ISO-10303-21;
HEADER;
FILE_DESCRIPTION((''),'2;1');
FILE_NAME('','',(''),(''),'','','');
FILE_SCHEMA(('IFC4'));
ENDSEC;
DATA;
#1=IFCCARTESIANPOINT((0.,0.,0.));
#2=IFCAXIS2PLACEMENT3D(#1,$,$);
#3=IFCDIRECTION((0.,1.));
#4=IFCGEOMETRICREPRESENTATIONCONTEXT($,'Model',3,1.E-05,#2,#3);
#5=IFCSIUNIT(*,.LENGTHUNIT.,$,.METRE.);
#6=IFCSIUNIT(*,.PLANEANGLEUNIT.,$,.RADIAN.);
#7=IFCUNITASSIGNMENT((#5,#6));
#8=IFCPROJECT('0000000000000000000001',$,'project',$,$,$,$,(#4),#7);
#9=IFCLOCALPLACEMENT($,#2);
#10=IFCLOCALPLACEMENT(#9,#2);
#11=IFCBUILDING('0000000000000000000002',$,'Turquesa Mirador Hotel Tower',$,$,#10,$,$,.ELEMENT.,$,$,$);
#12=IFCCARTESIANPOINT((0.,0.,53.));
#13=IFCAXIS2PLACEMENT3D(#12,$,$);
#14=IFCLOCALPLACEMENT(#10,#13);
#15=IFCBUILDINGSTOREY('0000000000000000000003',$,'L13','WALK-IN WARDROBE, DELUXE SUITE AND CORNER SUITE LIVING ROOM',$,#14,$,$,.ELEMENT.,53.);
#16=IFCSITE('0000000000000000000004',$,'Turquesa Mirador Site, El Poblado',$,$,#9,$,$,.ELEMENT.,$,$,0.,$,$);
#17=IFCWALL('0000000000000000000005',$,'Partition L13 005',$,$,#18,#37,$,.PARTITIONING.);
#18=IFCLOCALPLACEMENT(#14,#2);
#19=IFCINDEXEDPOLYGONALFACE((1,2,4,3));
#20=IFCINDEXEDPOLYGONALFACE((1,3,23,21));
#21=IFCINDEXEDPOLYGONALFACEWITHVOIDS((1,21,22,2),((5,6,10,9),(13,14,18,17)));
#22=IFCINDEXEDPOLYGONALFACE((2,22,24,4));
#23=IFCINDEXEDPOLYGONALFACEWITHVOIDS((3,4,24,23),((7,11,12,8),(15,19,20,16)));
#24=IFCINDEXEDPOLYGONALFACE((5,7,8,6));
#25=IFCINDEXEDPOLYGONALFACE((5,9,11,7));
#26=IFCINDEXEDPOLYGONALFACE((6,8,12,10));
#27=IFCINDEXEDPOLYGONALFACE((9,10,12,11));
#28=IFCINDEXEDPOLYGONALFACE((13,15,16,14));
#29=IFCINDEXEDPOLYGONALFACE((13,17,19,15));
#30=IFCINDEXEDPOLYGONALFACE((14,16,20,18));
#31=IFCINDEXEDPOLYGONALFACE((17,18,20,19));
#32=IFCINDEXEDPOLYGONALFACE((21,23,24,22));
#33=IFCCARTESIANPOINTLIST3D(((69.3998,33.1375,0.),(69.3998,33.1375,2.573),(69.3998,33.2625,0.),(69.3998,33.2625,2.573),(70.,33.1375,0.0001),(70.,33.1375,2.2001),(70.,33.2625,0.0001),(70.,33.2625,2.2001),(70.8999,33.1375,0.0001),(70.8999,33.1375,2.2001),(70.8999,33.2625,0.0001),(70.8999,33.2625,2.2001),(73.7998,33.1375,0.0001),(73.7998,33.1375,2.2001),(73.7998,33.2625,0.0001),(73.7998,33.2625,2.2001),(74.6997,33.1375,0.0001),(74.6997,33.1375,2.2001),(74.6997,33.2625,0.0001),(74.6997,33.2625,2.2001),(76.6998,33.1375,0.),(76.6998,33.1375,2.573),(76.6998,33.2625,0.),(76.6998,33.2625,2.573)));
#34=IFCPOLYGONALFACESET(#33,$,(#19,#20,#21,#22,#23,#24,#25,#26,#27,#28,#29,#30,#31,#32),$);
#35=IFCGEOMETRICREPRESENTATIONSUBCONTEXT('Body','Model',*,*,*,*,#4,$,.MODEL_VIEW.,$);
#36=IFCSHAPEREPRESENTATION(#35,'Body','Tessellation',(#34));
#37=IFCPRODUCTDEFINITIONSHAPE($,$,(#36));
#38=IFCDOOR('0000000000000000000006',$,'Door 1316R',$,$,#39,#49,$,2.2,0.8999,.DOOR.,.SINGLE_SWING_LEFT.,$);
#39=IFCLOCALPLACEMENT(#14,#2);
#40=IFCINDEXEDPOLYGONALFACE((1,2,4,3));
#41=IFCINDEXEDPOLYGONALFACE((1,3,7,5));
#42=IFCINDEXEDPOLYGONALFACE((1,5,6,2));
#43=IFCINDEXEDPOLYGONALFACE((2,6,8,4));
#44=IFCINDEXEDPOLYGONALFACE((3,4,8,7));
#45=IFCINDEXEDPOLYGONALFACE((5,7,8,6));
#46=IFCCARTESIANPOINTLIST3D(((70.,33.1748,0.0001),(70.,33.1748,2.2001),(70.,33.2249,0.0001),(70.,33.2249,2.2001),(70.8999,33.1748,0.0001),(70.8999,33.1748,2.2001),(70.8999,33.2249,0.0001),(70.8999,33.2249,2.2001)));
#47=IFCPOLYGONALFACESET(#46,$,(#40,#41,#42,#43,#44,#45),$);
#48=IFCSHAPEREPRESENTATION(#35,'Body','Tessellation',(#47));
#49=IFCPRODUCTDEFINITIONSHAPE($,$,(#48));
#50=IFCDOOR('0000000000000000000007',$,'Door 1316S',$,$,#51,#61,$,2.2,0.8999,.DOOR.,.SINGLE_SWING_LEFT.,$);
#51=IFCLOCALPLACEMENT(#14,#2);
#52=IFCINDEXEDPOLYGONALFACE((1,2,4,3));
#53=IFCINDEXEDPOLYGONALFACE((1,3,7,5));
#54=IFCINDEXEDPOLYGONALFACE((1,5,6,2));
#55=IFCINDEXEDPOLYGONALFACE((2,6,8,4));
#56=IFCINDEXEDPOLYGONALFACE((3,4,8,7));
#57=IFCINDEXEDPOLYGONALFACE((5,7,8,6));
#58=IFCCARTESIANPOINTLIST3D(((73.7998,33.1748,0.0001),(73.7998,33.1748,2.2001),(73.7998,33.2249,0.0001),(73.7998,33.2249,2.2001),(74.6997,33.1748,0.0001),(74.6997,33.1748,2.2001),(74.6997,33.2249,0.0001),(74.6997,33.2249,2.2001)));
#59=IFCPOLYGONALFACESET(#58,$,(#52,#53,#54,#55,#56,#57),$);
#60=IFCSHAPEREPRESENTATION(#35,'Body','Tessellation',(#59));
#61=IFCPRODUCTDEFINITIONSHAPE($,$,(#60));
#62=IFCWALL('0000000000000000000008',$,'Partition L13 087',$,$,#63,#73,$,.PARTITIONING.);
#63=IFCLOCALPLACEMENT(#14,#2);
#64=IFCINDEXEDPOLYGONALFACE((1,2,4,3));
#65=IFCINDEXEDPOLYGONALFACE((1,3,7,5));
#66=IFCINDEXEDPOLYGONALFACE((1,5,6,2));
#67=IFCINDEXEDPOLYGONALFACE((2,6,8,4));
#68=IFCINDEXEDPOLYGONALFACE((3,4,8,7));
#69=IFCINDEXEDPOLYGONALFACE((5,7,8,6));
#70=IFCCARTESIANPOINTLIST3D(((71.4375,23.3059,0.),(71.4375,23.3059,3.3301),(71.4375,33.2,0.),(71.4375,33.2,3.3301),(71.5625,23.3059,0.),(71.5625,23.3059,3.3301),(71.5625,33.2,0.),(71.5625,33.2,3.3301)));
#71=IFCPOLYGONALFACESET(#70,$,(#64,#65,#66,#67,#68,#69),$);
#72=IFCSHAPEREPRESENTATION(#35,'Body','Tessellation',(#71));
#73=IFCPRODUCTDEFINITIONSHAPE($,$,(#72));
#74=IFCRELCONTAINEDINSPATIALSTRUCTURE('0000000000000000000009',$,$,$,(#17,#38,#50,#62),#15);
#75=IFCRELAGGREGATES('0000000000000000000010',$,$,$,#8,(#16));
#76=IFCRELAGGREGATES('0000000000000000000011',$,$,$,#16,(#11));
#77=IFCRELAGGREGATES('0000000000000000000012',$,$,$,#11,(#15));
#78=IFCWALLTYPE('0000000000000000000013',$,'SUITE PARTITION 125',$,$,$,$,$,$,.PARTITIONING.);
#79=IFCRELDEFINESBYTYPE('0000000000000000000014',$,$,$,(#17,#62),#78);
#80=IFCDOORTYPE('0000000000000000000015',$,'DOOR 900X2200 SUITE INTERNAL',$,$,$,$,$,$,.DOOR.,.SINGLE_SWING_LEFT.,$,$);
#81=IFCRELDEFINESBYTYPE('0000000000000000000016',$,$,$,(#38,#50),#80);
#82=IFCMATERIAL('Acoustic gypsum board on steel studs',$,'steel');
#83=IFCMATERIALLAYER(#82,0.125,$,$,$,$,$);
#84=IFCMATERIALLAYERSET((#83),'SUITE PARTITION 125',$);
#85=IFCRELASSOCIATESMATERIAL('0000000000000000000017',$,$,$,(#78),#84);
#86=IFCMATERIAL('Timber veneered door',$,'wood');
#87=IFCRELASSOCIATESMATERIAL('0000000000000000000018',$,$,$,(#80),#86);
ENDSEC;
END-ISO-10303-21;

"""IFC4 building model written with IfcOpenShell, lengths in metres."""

from ifc_helpers import new_model, si_unit, direction, frame, frame_2d, origin, place, context, subcontext, project, spatial, rectangle, extrude, material, layer, layer_set, type_object, element, fill, save


model = new_model("IFC4")

# Units and contexts
model_context = context("Model", 3, precision=1e-05, world=origin(), true_north=direction((0.0, 1.0)))
body_context = subcontext(model_context, "Body", "Model", "MODEL_VIEW")
ifc_project = project(units=[si_unit("LENGTHUNIT", "METRE"), si_unit("PLANEANGLEUNIT", "RADIAN")], contexts=[model_context])

# Site, building, storey
site_placement = place(None, origin())
site = spatial("IfcSite", under=ifc_project, at=site_placement, Name="Turquesa Mirador Site, El Poblado", CompositionType="ELEMENT", RefElevation=0.0)
building_placement = place(site_placement, origin())
building = spatial("IfcBuilding", under=site, at=building_placement, Name="Turquesa Mirador Hotel Tower", CompositionType="ELEMENT")
storey_placement = place(building_placement, frame((0.0, 0.0, 53.0)))
storey = spatial("IfcBuildingStorey", under=building, at=storey_placement, Name="L13", Description="WALK-IN WARDROBE, DELUXE SUITE AND CORNER SUITE LIVING ROOM", CompositionType="ELEMENT", Elevation=53.0)

# Wall, openings, doors
ifc_material_1 = material(Name="Acoustic gypsum board on steel studs", Category="steel")
ifc_layer_1 = layer(ifc_material_1, 0.125)
ifc_layer_set_1 = layer_set([ifc_layer_1], Name="SUITE PARTITION 125")
wall_type_1 = type_object("IfcWallType", Name="SUITE PARTITION 125", PredefinedType="PARTITIONING", material=ifc_layer_set_1)
wall_1_placement = place(storey_placement, frame((69.3999, 33.2, 0.0), z_axis=(0.0, 0.0, 1.0), x_axis=(1.0, 0.0, 0.0)))
wall_1 = element("IfcWall", 1, at=wall_1_placement, inside=storey, type_object=wall_type_1, Name="Partition L13 005", PredefinedType="PARTITIONING", context=body_context, shape_type="SweptSolid", body=[
    extrude(rectangle(XDim=7.3, YDim=0.125, at=frame_2d((3.6499, 0.0))), origin(), (0.0, 0.0, 1.0), 2.573),
])
opening_1_placement = place(wall_1_placement, frame((0.6001, 0.0, 0.0)))
opening_1 = element("IfcOpeningElement", 2, at=opening_1_placement, cuts=wall_1, PredefinedType="OPENING", context=body_context, shape_type="SweptSolid", body=[
    extrude(rectangle(XDim=0.8999, YDim=2.2, at=frame_2d((0.45, 1.1001))), frame((0.0, 0.0725, 0.0), z_axis=(0.0, -1.0, 0.0), x_axis=(1.0, 0.0, 0.0)), (0.0, 0.0, 1.0), 0.145),
])
opening_2_placement = place(wall_1_placement, frame((4.3999, 0.0, 0.0)))
opening_2 = element("IfcOpeningElement", 3, at=opening_2_placement, cuts=wall_1, PredefinedType="OPENING", context=body_context, shape_type="SweptSolid", body=[
    extrude(rectangle(XDim=0.8999, YDim=2.2, at=frame_2d((0.45, 1.1001))), frame((0.0, 0.0725, 0.0), z_axis=(0.0, -1.0, 0.0), x_axis=(1.0, 0.0, 0.0)), (0.0, 0.0, 1.0), 0.145),
])
ifc_material_2 = material(Name="Timber veneered door", Category="wood")
door_type_1 = type_object("IfcDoorType", Name="DOOR 900X2200 SUITE INTERNAL", OperationType="SINGLE_SWING_LEFT", PredefinedType="DOOR", material=ifc_material_2)
door_1_placement = place(opening_1_placement, origin())
door_1 = element("IfcDoor", 4, at=door_1_placement, inside=storey, type_object=door_type_1, Name="Door 1316R", OperationType="SINGLE_SWING_LEFT", OverallHeight=2.2, OverallWidth=0.8999, PredefinedType="DOOR", context=body_context, shape_type="SweptSolid", body=[
    extrude(rectangle(XDim=0.8999, YDim=2.2, at=frame_2d((0.45, 1.1001))), frame((0.0, 0.0249, 0.0), z_axis=(0.0, -1.0, 0.0), x_axis=(1.0, 0.0, 0.0)), (0.0, 0.0, 1.0), 0.05),
])
fill(opening_1, door_1)
door_2_placement = place(opening_2_placement, origin())
door_2 = element("IfcDoor", 5, at=door_2_placement, inside=storey, type_object=door_type_1, Name="Door 1316S", OperationType="SINGLE_SWING_LEFT", OverallHeight=2.2, OverallWidth=0.8999, PredefinedType="DOOR", context=body_context, shape_type="SweptSolid", body=[
    extrude(rectangle(XDim=0.8999, YDim=2.2, at=frame_2d((0.45, 1.1001))), frame((0.0, 0.0249, 0.0), z_axis=(0.0, -1.0, 0.0), x_axis=(1.0, 0.0, 0.0)), (0.0, 0.0, 1.0), 0.05),
])
fill(opening_2, door_2)

# Wall
wall_2_placement = place(storey_placement, frame((71.5, 23.3059, 0.0), z_axis=(0.0, 0.0, 1.0), x_axis=(0.0, 1.0, 0.0)))
element("IfcWall", 6, at=wall_2_placement, inside=storey, type_object=wall_type_1, Name="Partition L13 087", PredefinedType="PARTITIONING", context=body_context, shape_type="SweptSolid", body=[
    extrude(rectangle(XDim=9.894, YDim=0.125, at=frame_2d((4.947, 0.0))), origin(), (0.0, 0.0, 1.0), 3.3301),
])

save(model, "model.ifc")
